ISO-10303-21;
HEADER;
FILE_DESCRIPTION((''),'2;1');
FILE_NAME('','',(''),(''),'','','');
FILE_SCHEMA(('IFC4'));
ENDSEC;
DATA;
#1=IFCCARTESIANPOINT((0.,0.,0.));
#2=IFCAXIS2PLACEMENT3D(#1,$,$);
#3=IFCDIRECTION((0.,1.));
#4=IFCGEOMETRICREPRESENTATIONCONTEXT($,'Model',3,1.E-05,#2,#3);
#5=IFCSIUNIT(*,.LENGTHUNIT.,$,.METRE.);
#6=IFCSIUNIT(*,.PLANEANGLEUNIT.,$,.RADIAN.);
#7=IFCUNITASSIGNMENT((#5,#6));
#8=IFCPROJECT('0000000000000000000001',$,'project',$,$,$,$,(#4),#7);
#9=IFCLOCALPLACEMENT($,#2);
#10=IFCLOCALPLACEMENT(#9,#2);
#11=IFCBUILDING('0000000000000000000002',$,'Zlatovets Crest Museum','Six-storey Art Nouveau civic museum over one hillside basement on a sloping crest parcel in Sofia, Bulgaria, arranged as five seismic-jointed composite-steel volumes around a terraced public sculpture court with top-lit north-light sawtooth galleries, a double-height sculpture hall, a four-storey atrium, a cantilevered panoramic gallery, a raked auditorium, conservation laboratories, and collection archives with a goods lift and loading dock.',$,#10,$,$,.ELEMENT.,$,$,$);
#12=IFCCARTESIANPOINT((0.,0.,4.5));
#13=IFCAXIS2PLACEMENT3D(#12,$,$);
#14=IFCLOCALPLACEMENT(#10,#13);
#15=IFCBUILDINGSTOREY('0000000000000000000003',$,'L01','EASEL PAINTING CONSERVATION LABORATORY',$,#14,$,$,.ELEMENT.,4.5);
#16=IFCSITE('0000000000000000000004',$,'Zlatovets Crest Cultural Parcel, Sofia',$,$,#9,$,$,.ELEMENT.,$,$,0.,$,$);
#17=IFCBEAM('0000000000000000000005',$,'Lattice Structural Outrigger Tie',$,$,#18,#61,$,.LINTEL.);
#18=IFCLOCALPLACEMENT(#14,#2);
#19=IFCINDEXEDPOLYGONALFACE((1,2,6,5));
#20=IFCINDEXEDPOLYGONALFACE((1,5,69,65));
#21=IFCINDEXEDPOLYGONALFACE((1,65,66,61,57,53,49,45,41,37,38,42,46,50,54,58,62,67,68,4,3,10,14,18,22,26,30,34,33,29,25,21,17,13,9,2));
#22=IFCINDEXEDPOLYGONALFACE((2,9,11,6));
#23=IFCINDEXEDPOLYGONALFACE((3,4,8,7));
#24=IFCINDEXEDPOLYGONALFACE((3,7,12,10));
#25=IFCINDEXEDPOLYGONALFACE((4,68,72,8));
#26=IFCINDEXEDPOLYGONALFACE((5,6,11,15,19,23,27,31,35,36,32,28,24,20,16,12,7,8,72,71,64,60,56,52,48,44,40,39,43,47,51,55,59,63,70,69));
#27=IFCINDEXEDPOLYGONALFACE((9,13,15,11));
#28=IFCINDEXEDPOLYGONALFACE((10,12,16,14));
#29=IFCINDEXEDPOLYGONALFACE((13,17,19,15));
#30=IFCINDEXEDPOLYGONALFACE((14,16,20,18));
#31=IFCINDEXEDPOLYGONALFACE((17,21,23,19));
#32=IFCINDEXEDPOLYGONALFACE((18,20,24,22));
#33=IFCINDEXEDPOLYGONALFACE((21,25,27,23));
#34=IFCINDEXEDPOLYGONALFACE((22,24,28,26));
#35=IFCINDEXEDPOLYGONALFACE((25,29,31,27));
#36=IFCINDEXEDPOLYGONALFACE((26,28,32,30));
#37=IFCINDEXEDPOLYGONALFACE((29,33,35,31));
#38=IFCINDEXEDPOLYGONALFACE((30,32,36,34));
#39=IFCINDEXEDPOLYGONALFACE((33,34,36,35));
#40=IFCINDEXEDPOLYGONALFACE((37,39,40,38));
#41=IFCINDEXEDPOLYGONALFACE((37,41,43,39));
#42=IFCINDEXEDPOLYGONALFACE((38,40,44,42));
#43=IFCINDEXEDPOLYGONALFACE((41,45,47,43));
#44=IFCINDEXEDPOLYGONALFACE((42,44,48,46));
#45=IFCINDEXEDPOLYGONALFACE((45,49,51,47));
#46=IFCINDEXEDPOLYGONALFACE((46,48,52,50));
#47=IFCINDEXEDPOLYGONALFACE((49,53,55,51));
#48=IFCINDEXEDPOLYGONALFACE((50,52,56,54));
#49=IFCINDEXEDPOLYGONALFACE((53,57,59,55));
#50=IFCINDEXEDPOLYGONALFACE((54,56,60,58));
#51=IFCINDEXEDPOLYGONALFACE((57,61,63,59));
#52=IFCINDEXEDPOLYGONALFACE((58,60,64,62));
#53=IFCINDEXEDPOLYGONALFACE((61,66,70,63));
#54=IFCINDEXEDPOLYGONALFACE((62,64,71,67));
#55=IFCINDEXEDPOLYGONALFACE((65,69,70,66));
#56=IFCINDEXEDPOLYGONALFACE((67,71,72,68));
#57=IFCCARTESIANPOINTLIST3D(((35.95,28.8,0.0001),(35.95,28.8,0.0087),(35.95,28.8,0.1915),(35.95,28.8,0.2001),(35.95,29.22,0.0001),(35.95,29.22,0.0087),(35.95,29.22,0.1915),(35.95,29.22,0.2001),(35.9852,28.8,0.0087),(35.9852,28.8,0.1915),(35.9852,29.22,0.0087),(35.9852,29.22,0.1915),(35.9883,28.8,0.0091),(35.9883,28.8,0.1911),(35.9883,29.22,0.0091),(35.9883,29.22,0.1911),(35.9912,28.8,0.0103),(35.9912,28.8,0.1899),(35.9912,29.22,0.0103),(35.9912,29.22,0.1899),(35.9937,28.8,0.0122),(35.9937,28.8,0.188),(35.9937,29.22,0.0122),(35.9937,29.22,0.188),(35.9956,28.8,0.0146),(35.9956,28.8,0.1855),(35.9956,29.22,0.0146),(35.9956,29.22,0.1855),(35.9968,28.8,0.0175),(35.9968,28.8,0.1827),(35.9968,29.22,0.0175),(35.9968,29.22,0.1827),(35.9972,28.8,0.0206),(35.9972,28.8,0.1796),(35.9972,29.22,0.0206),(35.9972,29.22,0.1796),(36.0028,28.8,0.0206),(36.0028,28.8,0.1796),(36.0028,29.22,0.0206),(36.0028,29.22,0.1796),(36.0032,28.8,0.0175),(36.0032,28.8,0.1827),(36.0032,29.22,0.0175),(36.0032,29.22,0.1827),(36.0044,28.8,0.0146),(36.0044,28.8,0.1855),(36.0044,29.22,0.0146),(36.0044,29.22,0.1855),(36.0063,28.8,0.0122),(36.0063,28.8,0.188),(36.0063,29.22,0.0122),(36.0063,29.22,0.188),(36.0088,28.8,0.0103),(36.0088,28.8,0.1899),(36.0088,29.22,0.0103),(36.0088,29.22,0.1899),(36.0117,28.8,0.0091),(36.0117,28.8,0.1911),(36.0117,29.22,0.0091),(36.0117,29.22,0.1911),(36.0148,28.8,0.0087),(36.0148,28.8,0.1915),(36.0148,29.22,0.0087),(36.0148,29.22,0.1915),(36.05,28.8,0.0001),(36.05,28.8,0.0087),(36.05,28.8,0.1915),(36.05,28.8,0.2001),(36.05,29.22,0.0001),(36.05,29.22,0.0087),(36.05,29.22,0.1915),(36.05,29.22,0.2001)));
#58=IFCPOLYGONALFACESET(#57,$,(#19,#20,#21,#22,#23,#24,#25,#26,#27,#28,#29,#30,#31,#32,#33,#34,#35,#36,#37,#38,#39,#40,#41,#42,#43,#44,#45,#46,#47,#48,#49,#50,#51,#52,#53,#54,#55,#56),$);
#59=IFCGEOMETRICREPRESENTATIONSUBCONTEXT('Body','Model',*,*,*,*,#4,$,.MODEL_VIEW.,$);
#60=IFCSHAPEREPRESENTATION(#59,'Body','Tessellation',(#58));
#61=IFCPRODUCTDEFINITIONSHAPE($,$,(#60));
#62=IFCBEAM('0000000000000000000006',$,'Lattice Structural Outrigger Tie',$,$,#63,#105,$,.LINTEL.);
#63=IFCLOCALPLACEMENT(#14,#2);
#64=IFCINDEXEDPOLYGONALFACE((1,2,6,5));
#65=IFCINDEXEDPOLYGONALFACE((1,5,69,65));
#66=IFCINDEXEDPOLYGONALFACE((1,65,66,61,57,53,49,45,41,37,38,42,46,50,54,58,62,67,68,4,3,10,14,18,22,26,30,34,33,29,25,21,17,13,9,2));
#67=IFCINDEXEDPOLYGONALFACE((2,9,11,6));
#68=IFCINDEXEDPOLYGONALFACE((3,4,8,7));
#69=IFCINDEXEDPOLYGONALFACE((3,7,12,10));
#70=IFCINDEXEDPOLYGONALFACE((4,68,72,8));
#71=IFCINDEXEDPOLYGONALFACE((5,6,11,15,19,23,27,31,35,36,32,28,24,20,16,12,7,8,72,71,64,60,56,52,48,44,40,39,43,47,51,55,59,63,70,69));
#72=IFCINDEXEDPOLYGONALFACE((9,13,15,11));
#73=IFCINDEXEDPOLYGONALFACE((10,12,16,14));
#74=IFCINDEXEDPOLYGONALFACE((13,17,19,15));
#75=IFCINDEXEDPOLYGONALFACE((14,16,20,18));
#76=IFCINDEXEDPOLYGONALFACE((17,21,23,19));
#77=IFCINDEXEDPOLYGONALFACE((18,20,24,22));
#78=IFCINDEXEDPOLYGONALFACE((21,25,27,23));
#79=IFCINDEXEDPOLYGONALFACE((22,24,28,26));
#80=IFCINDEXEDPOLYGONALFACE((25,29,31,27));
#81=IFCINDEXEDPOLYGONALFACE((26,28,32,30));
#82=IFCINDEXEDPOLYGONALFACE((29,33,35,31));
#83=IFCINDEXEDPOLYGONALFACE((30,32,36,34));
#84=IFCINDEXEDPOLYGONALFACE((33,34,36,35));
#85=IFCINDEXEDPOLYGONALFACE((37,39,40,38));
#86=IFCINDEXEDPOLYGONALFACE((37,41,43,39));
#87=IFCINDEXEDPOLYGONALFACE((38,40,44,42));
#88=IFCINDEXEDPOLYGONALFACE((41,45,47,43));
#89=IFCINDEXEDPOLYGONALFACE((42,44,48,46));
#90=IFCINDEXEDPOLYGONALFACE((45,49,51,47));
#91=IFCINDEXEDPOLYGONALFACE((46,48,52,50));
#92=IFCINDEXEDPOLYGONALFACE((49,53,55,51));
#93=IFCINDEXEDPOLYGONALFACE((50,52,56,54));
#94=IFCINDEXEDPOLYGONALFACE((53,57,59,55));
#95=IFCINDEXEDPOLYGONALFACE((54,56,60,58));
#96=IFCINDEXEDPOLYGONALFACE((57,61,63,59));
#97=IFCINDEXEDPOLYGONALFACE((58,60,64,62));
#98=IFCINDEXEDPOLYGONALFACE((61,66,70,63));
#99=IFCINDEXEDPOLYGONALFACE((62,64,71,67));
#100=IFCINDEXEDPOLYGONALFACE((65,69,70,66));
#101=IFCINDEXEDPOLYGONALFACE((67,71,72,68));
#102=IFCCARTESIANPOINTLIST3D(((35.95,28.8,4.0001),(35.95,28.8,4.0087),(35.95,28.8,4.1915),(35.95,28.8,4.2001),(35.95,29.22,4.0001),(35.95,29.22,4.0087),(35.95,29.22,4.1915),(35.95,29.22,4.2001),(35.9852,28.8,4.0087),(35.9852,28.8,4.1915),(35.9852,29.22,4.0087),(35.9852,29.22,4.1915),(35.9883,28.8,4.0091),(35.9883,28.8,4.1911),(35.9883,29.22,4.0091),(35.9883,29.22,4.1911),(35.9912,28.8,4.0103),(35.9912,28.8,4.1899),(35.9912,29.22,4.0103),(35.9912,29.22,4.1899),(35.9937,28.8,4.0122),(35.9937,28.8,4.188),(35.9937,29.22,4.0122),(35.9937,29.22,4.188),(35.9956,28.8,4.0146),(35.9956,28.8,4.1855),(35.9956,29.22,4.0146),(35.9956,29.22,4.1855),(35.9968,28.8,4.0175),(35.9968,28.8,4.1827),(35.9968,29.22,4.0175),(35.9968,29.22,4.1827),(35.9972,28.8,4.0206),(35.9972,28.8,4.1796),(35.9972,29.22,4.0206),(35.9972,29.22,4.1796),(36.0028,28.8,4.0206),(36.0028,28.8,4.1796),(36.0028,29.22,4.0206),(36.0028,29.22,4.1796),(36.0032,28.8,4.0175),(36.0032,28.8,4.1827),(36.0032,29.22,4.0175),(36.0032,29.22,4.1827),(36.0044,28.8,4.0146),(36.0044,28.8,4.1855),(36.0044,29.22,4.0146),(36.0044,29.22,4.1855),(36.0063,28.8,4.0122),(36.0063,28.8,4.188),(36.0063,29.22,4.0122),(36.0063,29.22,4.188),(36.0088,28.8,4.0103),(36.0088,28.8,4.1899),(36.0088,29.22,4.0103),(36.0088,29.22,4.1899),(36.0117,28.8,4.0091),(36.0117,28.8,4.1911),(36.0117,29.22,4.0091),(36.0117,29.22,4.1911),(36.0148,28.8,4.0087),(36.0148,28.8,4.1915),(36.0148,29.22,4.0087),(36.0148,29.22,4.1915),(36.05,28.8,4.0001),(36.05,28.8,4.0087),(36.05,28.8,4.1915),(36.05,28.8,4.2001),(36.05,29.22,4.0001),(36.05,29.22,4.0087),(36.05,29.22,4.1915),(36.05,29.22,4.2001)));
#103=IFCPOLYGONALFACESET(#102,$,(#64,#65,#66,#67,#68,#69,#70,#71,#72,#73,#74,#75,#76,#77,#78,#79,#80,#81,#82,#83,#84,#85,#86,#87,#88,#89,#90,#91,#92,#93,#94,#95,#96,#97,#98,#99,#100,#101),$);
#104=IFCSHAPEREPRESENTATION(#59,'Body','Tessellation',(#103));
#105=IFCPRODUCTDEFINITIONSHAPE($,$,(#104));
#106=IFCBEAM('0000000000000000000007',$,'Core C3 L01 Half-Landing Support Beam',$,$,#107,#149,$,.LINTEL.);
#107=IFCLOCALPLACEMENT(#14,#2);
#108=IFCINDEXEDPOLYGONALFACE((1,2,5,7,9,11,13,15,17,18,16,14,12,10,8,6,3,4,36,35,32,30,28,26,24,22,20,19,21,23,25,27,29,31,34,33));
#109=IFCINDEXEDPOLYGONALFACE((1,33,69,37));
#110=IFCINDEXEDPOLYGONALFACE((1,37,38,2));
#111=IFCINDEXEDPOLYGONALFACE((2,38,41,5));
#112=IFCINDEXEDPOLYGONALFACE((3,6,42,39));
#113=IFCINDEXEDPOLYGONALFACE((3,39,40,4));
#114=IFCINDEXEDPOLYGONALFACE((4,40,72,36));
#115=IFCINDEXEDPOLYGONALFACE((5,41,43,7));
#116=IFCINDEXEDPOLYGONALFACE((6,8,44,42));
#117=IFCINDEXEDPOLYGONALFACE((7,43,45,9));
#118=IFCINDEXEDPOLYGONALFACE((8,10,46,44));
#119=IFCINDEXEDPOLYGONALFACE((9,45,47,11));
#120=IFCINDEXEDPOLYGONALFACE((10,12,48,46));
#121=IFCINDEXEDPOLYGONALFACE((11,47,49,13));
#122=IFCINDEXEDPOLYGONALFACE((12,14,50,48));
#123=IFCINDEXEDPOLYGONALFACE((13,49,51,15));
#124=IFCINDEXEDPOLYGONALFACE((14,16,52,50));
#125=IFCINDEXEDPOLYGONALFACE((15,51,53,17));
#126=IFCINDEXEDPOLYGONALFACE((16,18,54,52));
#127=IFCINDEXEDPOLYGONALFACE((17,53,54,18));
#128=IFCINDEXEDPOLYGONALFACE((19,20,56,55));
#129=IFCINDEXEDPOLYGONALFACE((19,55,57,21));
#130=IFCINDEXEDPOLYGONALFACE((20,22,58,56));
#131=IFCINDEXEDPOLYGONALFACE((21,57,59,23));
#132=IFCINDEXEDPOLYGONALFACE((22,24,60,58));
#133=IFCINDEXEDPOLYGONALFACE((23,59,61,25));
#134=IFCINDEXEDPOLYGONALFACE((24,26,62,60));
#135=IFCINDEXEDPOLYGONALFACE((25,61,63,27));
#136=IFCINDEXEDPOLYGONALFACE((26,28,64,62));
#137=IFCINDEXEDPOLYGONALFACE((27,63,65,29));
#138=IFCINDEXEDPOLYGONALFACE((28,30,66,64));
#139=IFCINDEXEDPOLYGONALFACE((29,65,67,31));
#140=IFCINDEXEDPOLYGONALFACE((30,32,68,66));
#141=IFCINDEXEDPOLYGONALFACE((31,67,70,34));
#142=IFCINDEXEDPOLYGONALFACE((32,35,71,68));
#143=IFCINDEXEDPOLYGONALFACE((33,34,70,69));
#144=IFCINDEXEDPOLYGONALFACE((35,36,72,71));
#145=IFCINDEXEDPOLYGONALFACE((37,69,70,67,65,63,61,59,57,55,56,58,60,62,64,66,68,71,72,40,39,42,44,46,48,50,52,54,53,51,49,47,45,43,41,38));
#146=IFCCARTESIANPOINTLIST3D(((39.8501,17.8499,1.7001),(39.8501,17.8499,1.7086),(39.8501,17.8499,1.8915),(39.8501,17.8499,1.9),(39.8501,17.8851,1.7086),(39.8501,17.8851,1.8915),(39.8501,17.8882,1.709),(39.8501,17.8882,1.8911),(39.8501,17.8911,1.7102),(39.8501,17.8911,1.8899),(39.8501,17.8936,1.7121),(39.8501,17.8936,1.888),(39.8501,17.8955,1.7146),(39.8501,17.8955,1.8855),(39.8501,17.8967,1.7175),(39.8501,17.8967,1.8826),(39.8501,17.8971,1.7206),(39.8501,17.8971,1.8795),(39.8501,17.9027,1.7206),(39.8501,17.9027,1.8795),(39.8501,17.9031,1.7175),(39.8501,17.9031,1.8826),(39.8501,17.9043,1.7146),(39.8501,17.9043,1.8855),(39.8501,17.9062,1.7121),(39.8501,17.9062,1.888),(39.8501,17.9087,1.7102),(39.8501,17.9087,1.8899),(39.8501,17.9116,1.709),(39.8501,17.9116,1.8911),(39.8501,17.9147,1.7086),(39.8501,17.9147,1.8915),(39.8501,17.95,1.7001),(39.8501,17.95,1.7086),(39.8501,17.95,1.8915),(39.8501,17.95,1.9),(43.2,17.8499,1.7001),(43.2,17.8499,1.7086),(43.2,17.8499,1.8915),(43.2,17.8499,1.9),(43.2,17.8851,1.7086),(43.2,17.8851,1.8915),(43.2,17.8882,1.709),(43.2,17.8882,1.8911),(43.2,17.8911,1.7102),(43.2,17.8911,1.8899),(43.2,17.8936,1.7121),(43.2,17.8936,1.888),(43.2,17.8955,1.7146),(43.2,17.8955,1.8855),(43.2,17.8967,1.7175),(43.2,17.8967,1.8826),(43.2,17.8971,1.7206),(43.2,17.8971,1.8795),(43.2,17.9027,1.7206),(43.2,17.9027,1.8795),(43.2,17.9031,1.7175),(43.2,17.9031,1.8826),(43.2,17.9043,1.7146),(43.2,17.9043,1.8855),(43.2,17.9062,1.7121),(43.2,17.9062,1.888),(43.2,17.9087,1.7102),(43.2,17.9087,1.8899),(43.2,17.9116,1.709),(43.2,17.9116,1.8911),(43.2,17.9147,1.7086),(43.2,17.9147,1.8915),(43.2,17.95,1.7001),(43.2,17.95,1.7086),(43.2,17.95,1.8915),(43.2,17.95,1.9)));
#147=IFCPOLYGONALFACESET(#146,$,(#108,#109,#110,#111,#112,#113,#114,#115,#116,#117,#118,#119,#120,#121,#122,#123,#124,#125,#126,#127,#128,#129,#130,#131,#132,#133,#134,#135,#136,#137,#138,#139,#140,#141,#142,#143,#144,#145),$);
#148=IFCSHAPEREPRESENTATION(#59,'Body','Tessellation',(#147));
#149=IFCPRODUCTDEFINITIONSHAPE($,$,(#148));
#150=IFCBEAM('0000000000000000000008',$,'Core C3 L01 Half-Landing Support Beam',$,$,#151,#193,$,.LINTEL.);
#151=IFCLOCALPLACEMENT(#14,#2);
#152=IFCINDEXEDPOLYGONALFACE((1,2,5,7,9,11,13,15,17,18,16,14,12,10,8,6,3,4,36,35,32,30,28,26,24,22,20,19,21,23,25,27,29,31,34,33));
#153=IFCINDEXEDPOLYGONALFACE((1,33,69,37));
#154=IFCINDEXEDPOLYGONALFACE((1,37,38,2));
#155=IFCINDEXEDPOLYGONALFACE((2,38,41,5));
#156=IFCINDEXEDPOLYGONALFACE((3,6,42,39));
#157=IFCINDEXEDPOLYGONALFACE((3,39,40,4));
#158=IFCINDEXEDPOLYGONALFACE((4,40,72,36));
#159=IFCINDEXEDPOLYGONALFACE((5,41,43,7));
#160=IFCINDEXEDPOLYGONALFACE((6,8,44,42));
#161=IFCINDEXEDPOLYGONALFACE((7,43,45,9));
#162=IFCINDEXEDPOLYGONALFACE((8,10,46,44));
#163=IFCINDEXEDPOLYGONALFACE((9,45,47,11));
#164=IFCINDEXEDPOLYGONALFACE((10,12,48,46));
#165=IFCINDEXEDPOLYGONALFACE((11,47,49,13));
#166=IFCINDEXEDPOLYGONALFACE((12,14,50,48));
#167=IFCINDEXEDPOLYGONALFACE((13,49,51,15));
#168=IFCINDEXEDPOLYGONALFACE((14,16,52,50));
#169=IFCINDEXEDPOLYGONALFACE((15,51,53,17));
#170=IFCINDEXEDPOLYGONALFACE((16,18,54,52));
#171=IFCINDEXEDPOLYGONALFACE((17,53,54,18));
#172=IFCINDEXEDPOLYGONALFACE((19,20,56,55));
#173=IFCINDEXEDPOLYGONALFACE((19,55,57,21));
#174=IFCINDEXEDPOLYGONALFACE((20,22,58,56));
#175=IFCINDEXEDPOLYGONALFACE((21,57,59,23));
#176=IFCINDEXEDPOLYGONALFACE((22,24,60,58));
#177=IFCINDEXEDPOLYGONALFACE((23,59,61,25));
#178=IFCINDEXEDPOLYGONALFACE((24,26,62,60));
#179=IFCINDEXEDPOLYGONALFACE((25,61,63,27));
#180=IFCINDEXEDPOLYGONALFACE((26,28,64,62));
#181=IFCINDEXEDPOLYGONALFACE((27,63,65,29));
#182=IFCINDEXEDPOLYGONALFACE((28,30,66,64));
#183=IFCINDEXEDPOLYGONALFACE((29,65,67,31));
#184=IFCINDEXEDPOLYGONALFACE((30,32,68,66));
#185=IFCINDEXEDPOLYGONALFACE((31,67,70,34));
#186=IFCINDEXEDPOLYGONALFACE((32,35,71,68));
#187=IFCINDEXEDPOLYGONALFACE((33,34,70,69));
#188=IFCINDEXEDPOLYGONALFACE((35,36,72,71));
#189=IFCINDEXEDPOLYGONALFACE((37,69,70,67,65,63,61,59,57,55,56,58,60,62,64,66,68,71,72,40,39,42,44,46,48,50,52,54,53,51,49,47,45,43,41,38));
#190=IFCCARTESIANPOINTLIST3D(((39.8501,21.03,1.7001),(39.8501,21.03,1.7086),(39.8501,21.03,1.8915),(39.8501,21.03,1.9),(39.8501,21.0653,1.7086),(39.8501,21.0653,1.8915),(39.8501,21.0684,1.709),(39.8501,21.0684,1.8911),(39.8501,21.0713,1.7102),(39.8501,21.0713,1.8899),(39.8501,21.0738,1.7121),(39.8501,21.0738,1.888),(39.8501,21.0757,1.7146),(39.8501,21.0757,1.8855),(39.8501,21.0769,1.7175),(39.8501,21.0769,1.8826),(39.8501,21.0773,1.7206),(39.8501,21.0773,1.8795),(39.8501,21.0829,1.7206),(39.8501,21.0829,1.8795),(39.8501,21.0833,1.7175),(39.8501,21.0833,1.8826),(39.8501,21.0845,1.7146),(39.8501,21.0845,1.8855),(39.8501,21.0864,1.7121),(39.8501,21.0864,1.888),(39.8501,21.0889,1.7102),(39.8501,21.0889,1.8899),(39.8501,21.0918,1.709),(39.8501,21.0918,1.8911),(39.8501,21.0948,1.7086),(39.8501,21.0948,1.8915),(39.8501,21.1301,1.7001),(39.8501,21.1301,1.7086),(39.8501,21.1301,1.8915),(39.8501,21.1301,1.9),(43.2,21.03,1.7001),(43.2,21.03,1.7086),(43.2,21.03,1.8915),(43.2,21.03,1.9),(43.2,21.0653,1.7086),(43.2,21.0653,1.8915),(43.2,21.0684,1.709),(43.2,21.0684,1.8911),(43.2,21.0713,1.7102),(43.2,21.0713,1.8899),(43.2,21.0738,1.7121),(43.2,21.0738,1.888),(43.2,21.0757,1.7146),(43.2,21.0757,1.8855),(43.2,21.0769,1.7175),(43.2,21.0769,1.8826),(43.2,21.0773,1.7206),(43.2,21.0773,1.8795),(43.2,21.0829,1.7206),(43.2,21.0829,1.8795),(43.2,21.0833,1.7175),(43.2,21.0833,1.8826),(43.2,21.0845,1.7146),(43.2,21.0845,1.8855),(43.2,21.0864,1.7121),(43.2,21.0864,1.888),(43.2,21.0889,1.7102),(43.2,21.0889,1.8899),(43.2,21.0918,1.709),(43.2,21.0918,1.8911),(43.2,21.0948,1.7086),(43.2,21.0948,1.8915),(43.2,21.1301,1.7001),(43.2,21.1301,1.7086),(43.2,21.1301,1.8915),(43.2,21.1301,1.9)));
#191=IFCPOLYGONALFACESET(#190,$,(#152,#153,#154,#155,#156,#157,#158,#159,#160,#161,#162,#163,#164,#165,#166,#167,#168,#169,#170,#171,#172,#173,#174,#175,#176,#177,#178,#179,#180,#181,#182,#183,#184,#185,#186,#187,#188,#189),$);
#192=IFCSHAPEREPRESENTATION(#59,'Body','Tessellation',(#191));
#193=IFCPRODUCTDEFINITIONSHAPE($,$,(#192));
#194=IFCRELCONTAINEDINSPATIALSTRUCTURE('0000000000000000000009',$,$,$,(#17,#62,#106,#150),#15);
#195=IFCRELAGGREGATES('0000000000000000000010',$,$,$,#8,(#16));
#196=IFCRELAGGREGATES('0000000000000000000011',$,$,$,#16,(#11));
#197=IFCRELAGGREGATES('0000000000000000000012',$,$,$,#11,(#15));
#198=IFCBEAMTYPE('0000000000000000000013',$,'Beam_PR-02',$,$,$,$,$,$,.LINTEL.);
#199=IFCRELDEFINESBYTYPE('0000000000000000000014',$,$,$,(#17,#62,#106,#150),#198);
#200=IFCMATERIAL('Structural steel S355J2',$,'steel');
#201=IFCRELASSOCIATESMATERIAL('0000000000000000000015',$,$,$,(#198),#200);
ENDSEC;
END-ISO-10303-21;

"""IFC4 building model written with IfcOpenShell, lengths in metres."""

from ifc_helpers import new_model, si_unit, direction, frame, origin, origin_2d, place, context, subcontext, project, spatial, i_section, extrude, material, material_profile, profile_set, type_object, element, save


model = new_model("IFC4")

# Units and contexts
model_context = context("Model", 3, precision=1e-05, world=origin(), true_north=direction((0.0, 1.0)))
body_context = subcontext(model_context, "Body", "Model", "MODEL_VIEW")
ifc_project = project(units=[si_unit("LENGTHUNIT", "METRE"), si_unit("PLANEANGLEUNIT", "RADIAN")], contexts=[model_context])

# Site, building, storey
site_placement = place(None, origin())
site = spatial("IfcSite", under=ifc_project, at=site_placement, Name="Zlatovets Crest Cultural Parcel, Sofia", CompositionType="ELEMENT", RefElevation=0.0)
building_placement = place(site_placement, origin())
building = spatial("IfcBuilding", under=site, at=building_placement, Name="Zlatovets Crest Museum", Description="Six-storey Art Nouveau civic museum over one hillside basement on a sloping crest parcel in Sofia, Bulgaria, arranged as five seismic-jointed composite-steel volumes around a terraced public sculpture court with top-lit north-light sawtooth galleries, a double-height sculpture hall, a four-storey atrium, a cantilevered panoramic gallery, a raked auditorium, conservation laboratories, and collection archives with a goods lift and loading dock.", CompositionType="ELEMENT")
storey_placement = place(building_placement, frame((0.0, 0.0, 4.5)))
storey = spatial("IfcBuildingStorey", under=building, at=storey_placement, Name="L01", Description="EASEL PAINTING CONSERVATION LABORATORY", CompositionType="ELEMENT", Elevation=4.5)

# Shared definitions
ifc_material_1 = material(Name="Structural steel S355J2", Category="steel")

# Beams
ifc_material_profile_1 = material_profile(ifc_material_1, i_section(OverallWidth=0.1001, OverallDepth=0.2, WebThickness=0.0056, FlangeThickness=0.0085, FilletRadius=0.012, at=origin_2d()), Name="IPE 200")
ifc_profile_set_1 = profile_set([ifc_material_profile_1], Name="Structural steel S355J2")
beam_type_1 = type_object("IfcBeamType", Name="Beam_PR-02", PredefinedType="LINTEL", material=ifc_profile_set_1)
for number, where, z_axis, x_axis, name in (
    (1, (36.0, 28.8, 0.1001), (0.0, 1.0, 0.0), (-1.0, 0.0, 0.0), "Lattice Structural Outrigger Tie"),
    (2, (36.0, 28.8, 4.1001), (0.0, 1.0, 0.0), (-1.0, 0.0, 0.0), "Lattice Structural Outrigger Tie"),
):
    element("IfcBeam", number, at=place(storey_placement, frame(where, z_axis=z_axis, x_axis=x_axis)), inside=storey, type_object=beam_type_1, Name=name, PredefinedType="LINTEL", context=body_context, shape_type="SweptSolid", body=[
        extrude(i_section(OverallWidth=0.1001, OverallDepth=0.2, WebThickness=0.0056, FlangeThickness=0.0085, FilletRadius=0.012, at=origin_2d()), origin(), (0.0, 0.0, 1.0), 0.4199),
    ])
for number, where, z_axis, x_axis, name in (
    (3, (39.8501, 17.8999, 1.8), (1.0, 0.0, 0.0), (0.0, 1.0, 0.0), "Core C3 L01 Half-Landing Support Beam"),
    (4, (39.8501, 21.0801, 1.8), (1.0, 0.0, 0.0), (0.0, 1.0, 0.0), "Core C3 L01 Half-Landing Support Beam"),
):
    element("IfcBeam", number, at=place(storey_placement, frame(where, z_axis=z_axis, x_axis=x_axis)), inside=storey, type_object=beam_type_1, Name=name, PredefinedType="LINTEL", context=body_context, shape_type="SweptSolid", body=[
        extrude(i_section(OverallWidth=0.1001, OverallDepth=0.2, WebThickness=0.0056, FlangeThickness=0.0085, FilletRadius=0.012, at=origin_2d()), origin(), (0.0, 0.0, 1.0), 3.3499),
    ])

save(model, "model.ifc")
